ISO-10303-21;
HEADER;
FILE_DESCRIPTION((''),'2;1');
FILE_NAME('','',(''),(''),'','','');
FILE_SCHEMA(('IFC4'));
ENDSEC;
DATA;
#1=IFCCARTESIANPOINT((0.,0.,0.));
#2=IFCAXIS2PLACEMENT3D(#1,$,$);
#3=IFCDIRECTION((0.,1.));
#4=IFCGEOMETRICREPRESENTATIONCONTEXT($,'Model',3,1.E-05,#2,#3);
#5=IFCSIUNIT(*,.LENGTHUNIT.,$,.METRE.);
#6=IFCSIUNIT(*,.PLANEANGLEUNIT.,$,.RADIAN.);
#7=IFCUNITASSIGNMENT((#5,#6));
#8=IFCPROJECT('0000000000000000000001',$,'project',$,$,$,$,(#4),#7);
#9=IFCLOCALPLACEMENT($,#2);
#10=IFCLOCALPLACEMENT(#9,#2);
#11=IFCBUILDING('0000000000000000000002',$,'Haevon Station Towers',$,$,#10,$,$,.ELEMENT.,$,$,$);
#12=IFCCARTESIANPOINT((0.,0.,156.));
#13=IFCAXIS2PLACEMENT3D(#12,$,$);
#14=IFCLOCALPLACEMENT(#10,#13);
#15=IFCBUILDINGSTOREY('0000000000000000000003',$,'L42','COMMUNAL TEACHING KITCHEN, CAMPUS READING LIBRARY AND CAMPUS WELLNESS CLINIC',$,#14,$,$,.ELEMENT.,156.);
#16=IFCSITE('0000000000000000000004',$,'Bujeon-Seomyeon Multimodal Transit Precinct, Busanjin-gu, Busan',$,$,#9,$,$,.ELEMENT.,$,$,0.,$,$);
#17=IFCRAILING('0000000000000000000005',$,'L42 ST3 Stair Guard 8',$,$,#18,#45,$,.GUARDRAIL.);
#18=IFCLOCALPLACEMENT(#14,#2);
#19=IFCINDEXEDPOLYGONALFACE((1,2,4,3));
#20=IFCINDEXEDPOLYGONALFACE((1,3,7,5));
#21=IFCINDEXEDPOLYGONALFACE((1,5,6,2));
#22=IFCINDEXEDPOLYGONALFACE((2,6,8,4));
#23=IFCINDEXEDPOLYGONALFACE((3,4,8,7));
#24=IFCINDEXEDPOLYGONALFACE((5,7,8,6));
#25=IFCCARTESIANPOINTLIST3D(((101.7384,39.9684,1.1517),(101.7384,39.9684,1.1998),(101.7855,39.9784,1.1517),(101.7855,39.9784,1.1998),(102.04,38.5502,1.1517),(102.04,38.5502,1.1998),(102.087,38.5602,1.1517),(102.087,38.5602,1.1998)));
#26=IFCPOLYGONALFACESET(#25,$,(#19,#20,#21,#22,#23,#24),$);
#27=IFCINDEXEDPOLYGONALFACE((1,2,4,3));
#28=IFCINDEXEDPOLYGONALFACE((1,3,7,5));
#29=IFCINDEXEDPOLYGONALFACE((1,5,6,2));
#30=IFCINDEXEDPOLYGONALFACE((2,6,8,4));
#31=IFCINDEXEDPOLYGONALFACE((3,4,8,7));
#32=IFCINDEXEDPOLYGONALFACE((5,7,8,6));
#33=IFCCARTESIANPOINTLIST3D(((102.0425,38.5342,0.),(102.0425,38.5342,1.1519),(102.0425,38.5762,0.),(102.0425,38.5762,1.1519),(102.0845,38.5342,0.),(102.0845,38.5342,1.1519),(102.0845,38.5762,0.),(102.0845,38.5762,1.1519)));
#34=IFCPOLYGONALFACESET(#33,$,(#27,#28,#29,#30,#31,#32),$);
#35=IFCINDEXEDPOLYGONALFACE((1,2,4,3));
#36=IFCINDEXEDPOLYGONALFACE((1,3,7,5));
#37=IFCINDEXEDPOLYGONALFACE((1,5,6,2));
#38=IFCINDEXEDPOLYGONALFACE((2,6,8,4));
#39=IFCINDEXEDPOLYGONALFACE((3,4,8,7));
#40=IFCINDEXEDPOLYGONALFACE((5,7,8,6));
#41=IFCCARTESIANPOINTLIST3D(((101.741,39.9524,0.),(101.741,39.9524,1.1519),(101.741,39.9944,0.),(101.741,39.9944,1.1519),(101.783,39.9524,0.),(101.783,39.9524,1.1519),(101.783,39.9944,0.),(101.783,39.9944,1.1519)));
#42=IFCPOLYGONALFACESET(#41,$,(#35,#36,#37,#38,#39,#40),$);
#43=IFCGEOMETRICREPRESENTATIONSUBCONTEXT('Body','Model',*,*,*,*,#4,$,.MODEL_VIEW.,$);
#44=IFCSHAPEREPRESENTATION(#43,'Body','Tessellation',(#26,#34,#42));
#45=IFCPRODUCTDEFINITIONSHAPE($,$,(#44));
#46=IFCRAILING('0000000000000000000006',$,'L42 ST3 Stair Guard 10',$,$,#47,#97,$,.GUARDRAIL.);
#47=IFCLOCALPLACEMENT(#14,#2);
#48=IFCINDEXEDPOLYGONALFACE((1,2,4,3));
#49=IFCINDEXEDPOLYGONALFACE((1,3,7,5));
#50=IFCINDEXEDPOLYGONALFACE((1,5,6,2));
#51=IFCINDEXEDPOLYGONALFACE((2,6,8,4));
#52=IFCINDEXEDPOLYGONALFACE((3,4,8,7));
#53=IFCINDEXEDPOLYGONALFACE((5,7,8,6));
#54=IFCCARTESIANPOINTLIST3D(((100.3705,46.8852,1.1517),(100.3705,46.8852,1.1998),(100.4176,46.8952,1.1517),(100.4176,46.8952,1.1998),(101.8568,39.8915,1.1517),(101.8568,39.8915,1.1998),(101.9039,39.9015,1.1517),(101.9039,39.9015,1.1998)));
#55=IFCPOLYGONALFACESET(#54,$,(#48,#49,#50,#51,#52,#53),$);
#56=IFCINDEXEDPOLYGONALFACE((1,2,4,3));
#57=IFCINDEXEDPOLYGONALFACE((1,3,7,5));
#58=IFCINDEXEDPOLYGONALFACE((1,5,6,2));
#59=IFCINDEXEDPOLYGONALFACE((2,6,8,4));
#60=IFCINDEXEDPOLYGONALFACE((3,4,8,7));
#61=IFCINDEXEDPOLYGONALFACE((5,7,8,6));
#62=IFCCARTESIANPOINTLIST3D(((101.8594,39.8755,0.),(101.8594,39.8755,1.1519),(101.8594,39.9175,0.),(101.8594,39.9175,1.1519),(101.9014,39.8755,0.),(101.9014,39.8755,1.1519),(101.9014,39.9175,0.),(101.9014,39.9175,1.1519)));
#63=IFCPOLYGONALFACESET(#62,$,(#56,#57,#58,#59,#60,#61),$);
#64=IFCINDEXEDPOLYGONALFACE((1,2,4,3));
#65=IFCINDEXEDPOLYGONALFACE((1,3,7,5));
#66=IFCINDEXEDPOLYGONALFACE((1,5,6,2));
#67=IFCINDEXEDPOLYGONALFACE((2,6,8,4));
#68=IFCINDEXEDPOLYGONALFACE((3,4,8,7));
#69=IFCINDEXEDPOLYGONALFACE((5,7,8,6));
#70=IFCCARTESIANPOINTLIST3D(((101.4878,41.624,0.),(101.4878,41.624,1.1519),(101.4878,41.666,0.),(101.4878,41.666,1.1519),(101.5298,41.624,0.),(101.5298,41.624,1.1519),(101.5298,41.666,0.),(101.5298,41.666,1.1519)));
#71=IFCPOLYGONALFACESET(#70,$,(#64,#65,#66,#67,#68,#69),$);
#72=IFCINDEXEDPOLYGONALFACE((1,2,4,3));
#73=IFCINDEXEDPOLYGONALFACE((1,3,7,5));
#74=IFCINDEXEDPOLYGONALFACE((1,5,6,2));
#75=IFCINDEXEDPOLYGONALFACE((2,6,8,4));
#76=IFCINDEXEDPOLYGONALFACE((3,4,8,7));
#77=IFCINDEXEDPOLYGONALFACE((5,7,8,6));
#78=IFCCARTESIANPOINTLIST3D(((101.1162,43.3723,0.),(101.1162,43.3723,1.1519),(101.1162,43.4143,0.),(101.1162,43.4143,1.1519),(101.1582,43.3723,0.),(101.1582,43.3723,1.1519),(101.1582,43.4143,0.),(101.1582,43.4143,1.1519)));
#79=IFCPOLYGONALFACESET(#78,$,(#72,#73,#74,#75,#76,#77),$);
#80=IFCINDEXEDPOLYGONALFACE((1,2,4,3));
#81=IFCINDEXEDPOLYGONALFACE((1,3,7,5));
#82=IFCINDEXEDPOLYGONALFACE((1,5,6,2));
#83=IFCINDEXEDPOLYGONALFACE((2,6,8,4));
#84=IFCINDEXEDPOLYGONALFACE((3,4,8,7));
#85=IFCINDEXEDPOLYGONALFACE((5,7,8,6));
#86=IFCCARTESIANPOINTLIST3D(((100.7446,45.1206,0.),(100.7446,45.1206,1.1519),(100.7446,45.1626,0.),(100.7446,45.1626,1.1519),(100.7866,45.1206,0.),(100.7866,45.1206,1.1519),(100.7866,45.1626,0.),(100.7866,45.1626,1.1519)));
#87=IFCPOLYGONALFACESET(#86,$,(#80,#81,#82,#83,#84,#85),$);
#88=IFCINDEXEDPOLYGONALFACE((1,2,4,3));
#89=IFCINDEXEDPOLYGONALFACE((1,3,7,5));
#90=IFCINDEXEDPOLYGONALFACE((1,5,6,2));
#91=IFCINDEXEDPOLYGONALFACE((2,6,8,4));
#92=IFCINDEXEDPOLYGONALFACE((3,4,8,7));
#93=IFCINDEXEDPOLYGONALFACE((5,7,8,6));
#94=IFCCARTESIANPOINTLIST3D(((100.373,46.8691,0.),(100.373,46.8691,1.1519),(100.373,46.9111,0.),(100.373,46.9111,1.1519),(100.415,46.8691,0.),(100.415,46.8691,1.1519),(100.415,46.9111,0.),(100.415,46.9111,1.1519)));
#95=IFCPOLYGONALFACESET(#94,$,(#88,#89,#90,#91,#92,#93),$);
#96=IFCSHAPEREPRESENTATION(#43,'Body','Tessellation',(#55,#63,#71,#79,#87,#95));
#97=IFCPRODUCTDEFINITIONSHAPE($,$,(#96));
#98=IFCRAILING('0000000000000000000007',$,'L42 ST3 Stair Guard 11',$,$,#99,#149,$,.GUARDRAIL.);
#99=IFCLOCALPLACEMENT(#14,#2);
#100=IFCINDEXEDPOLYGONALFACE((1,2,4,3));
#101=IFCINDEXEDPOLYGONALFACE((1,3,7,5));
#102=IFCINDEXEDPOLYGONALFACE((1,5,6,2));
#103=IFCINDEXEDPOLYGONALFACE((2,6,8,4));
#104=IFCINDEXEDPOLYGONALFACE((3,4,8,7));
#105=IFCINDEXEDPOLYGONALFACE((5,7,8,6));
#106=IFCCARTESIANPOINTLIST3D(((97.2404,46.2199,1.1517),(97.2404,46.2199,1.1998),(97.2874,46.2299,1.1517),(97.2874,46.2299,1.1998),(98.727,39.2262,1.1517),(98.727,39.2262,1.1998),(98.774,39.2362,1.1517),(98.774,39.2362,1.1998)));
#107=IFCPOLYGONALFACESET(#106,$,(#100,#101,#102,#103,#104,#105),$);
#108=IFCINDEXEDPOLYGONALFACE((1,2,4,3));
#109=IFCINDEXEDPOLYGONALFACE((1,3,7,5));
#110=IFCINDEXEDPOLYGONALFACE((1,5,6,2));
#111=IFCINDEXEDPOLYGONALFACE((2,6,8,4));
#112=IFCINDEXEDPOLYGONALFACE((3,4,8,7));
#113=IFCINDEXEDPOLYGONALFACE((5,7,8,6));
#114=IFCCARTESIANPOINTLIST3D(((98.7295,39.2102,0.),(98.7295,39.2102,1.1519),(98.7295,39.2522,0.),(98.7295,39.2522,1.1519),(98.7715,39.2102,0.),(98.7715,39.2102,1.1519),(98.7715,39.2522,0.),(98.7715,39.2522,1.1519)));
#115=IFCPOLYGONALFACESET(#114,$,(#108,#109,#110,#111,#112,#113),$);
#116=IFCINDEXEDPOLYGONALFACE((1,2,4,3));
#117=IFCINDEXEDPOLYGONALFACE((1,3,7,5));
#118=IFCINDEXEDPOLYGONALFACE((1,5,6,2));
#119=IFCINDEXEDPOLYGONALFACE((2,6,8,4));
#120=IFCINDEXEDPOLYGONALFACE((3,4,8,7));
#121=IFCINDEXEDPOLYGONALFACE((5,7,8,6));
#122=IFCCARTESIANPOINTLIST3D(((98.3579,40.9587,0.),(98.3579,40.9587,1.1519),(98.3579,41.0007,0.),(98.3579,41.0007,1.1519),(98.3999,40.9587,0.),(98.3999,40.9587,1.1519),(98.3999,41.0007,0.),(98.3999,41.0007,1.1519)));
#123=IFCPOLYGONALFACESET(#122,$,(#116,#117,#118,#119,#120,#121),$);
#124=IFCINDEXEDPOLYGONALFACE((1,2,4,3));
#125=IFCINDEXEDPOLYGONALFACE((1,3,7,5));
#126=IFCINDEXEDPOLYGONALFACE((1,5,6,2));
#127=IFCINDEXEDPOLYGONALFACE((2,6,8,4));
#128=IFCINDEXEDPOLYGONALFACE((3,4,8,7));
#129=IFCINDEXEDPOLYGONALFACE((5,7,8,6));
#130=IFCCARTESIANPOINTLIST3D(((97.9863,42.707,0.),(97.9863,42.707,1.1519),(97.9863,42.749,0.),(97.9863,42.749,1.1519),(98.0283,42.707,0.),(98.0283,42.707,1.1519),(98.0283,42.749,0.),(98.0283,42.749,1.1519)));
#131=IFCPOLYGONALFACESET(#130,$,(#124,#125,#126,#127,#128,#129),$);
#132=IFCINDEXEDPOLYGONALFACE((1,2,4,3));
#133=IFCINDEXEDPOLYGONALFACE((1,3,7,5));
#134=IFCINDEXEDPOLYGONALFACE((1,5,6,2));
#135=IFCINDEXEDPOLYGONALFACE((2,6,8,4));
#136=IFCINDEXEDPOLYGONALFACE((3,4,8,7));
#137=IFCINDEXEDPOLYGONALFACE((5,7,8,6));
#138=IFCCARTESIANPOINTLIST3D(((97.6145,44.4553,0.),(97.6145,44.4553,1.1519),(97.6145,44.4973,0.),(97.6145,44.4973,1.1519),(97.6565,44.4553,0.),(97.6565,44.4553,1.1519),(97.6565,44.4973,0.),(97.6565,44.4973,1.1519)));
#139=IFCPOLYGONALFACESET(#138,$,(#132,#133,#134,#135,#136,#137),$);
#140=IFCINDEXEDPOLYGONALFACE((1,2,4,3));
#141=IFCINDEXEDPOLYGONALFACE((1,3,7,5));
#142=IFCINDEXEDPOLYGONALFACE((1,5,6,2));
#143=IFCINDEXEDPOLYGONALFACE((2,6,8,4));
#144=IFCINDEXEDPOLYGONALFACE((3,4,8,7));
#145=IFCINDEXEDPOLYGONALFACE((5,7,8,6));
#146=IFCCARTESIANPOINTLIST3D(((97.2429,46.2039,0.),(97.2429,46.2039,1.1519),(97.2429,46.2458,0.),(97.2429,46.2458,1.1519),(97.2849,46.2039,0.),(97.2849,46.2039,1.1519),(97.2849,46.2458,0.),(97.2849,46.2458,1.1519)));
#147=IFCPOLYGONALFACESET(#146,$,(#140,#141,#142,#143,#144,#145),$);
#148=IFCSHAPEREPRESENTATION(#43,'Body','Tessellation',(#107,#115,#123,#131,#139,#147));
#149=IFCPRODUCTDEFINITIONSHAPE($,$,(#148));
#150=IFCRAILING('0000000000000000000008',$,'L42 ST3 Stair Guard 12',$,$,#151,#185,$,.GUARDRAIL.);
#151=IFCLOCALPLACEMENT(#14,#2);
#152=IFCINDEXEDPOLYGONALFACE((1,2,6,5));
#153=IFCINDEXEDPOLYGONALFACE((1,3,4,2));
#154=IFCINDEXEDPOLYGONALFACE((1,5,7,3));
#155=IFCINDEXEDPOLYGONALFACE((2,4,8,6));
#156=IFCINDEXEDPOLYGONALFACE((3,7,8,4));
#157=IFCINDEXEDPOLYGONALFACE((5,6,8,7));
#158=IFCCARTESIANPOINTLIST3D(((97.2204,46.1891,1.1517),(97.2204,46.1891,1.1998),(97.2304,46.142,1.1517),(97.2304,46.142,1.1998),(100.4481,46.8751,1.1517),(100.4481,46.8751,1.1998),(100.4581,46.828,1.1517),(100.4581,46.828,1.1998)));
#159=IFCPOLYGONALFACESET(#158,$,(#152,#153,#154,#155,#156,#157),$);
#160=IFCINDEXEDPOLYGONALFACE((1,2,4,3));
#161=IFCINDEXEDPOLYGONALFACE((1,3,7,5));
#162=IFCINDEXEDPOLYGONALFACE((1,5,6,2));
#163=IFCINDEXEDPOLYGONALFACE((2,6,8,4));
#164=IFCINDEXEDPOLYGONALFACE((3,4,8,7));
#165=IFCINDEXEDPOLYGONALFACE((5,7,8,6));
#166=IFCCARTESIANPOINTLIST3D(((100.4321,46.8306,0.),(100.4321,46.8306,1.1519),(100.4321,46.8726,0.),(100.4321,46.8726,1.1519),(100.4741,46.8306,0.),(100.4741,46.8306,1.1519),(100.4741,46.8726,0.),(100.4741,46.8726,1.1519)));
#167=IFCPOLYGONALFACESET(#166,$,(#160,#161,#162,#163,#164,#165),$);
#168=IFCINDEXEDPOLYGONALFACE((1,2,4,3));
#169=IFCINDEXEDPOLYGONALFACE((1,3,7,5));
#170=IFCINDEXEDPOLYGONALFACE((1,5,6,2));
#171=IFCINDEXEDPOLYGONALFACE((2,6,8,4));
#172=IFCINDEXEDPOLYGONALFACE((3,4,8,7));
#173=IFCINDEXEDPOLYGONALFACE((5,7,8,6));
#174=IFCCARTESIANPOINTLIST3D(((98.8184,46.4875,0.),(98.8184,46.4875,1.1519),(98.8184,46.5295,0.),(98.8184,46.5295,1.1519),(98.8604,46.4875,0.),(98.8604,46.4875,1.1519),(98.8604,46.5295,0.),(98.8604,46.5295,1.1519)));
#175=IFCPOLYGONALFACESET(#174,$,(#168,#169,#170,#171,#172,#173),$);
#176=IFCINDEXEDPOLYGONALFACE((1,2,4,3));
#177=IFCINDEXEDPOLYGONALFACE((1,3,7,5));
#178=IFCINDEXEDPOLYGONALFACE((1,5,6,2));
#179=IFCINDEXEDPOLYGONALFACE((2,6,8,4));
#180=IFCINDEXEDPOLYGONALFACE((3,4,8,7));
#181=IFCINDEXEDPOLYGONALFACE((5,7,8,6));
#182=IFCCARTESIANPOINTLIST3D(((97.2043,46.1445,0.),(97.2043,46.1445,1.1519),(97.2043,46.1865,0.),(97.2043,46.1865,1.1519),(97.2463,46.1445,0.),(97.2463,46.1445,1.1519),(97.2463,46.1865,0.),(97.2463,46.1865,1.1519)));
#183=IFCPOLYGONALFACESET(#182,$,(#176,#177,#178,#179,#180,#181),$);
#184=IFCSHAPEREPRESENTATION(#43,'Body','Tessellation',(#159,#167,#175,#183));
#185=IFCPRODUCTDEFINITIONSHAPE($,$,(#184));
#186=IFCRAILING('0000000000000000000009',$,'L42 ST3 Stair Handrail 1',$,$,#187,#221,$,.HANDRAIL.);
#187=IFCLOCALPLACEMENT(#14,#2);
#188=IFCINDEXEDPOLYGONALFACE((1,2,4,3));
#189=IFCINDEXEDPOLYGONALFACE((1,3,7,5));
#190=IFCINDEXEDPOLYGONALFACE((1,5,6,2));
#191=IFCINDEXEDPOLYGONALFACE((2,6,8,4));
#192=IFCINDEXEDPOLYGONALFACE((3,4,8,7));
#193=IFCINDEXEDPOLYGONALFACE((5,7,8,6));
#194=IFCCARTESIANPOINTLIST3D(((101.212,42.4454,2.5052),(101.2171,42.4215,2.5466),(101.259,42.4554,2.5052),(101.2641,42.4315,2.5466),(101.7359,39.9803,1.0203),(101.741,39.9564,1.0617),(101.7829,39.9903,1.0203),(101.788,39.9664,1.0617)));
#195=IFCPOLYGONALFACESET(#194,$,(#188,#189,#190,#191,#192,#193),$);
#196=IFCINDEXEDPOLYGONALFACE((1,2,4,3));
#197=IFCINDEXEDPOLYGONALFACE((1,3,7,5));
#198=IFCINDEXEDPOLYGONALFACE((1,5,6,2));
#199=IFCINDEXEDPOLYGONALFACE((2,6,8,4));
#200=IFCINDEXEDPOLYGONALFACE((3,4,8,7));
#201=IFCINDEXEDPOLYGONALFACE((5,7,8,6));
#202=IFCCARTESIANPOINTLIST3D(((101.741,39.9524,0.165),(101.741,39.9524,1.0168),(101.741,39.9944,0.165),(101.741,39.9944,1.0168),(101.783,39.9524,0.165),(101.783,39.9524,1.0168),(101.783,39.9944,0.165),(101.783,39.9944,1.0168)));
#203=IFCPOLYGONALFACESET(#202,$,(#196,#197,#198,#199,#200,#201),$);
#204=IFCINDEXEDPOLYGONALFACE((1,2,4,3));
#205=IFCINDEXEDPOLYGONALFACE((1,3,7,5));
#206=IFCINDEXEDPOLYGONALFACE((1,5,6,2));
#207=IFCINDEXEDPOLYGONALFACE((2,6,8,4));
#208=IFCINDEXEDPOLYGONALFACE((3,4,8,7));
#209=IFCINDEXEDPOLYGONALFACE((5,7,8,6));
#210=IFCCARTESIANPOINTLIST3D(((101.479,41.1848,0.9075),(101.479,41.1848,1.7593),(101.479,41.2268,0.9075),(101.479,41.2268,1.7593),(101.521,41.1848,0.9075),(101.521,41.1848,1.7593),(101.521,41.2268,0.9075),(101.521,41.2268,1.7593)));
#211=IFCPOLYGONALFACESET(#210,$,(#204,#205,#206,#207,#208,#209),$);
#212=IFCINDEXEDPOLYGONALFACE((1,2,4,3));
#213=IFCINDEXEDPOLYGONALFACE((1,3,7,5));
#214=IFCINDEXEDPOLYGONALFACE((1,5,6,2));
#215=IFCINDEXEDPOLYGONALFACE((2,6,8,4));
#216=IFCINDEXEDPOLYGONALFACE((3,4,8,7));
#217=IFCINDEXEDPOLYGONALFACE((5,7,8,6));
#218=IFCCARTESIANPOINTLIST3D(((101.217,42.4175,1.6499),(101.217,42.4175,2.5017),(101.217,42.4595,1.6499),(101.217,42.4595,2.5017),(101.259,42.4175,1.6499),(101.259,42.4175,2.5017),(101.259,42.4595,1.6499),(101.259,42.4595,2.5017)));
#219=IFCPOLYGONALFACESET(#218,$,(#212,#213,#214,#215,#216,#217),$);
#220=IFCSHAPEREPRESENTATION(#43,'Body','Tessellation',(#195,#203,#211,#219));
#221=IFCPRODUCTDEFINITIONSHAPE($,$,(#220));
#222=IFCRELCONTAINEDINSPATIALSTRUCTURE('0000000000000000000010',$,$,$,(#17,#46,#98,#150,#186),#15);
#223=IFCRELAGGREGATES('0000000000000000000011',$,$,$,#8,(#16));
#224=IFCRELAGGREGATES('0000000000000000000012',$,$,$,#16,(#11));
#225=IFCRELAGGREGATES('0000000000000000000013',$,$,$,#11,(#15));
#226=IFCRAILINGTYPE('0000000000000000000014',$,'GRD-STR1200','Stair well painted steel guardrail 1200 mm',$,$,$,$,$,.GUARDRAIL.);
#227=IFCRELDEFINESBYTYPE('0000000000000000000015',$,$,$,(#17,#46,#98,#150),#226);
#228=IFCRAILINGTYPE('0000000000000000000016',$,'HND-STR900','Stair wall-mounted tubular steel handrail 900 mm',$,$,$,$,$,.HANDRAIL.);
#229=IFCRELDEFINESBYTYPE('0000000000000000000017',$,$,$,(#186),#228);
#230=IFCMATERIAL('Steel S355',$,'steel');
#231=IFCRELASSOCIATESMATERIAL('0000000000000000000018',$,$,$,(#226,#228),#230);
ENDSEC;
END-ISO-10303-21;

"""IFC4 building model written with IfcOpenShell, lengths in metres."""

from ifc_helpers import new_model, si_unit, direction, frame, origin, origin_2d, place, context, subcontext, project, spatial, rectangle, extrude, material, type_object, element, save


model = new_model("IFC4")

# Units and contexts
model_context = context("Model", 3, precision=1e-05, world=origin(), true_north=direction((0.0, 1.0)))
body_context = subcontext(model_context, "Body", "Model", "MODEL_VIEW")
ifc_project = project(units=[si_unit("LENGTHUNIT", "METRE"), si_unit("PLANEANGLEUNIT", "RADIAN")], contexts=[model_context])

# Site, building, storey
site_placement = place(None, origin())
site = spatial("IfcSite", under=ifc_project, at=site_placement, Name="Bujeon-Seomyeon Multimodal Transit Precinct, Busanjin-gu, Busan", CompositionType="ELEMENT", RefElevation=0.0)
building_placement = place(site_placement, origin())
building = spatial("IfcBuilding", under=site, at=building_placement, Name="Haevon Station Towers", CompositionType="ELEMENT")
storey_placement = place(building_placement, frame((0.0, 0.0, 156.0)))
storey = spatial("IfcBuildingStorey", under=building, at=storey_placement, Name="L42", Description="COMMUNAL TEACHING KITCHEN, CAMPUS READING LIBRARY AND CAMPUS WELLNESS CLINIC", CompositionType="ELEMENT", Elevation=156.0)

# Shared definitions
ifc_material_1 = material(Name="Steel S355", Category="steel")

# Railings
railing_type_1 = type_object("IfcRailingType", Name="GRD-STR1200", Description="Stair well painted steel guardrail 1200 mm", PredefinedType="GUARDRAIL", material=ifc_material_1)
railing_1_placement = place(storey_placement, frame((102.0635, 38.5552, 0.0)))
element("IfcRailing", 1, at=railing_1_placement, inside=storey, type_object=railing_type_1, Name="L42 ST3 Stair Guard 8", PredefinedType="GUARDRAIL", context=body_context, shape_type="SweptSolid", body=[
    extrude(rectangle(XDim=0.0481, YDim=0.0481, at=origin_2d()), frame((0.0, 0.0, 1.1758), z_axis=(-0.207953, 0.978139, 0.0), x_axis=(-0.978139, -0.207953, 0.0)), (0.0, 0.0, 1.0), 1.45),
    extrude(rectangle(XDim=0.042, YDim=0.042, at=origin_2d()), origin(), (0.0, 0.0, 1.0), 1.1519),
    extrude(rectangle(XDim=0.042, YDim=0.042, at=origin_2d()), frame((-0.3015, 1.4182, 0.0)), (0.0, 0.0, 1.0), 1.1519),
])
railing_2_placement = place(storey_placement, frame((101.8804, 39.8965, 0.0)))
element("IfcRailing", 2, at=railing_2_placement, inside=storey, type_object=railing_type_1, Name="L42 ST3 Stair Guard 10", PredefinedType="GUARDRAIL", context=body_context, shape_type="SweptSolid", body=[
    extrude(rectangle(XDim=0.0481, YDim=0.0481, at=origin_2d()), frame((0.0, 0.0, 1.1758), z_axis=(-0.207882, 0.978154, 0.0), x_axis=(-0.978154, -0.207882, 0.0)), (0.0, 0.0, 1.0), 7.1499),
    extrude(rectangle(XDim=0.042, YDim=0.042, at=origin_2d()), origin(), (0.0, 0.0, 1.0), 1.1519),
    extrude(rectangle(XDim=0.042, YDim=0.042, at=origin_2d()), frame((-0.3716, 1.7485, 0.0)), (0.0, 0.0, 1.0), 1.1519),
    extrude(rectangle(XDim=0.042, YDim=0.042, at=origin_2d()), frame((-0.7432, 3.4968, 0.0)), (0.0, 0.0, 1.0), 1.1519),
    extrude(rectangle(XDim=0.042, YDim=0.042, at=origin_2d()), frame((-1.1147, 5.2451, 0.0)), (0.0, 0.0, 1.0), 1.1519),
    extrude(rectangle(XDim=0.042, YDim=0.042, at=origin_2d()), frame((-1.4863, 6.9937, 0.0)), (0.0, 0.0, 1.0), 1.1519),
])
railing_3_placement = place(storey_placement, frame((98.7505, 39.2312, 0.0)))
element("IfcRailing", 3, at=railing_3_placement, inside=storey, type_object=railing_type_1, Name="L42 ST3 Stair Guard 11", PredefinedType="GUARDRAIL", context=body_context, shape_type="SweptSolid", body=[
    extrude(rectangle(XDim=0.0481, YDim=0.0481, at=origin_2d()), frame((0.0, 0.0, 1.1758), z_axis=(-0.207915, 0.978147, 0.0), x_axis=(-0.978147, -0.207915, 0.0)), (0.0, 0.0, 1.0), 7.1499),
    extrude(rectangle(XDim=0.042, YDim=0.042, at=origin_2d()), origin(), (0.0, 0.0, 1.0), 1.1519),
    extrude(rectangle(XDim=0.042, YDim=0.042, at=origin_2d()), frame((-0.3716, 1.7485, 0.0)), (0.0, 0.0, 1.0), 1.1519),
    extrude(rectangle(XDim=0.042, YDim=0.042, at=origin_2d()), frame((-0.7432, 3.4968, 0.0)), (0.0, 0.0, 1.0), 1.1519),
    extrude(rectangle(XDim=0.042, YDim=0.042, at=origin_2d()), frame((-1.115, 5.2451, 0.0)), (0.0, 0.0, 1.0), 1.1519),
    extrude(rectangle(XDim=0.042, YDim=0.042, at=origin_2d()), frame((-1.4866, 6.9937, 0.0)), (0.0, 0.0, 1.0), 1.1519),
])
railing_4_placement = place(storey_placement, frame((100.4531, 46.8516, 0.0)))
element("IfcRailing", 4, at=railing_4_placement, inside=storey, type_object=railing_type_1, Name="L42 ST3 Stair Guard 12", PredefinedType="GUARDRAIL", context=body_context, shape_type="SweptSolid", body=[
    extrude(rectangle(XDim=0.0481, YDim=0.0481, at=origin_2d()), frame((0.0, 0.0, 1.1758), z_axis=(-0.978151, -0.207897, 0.0), x_axis=(0.207897, -0.978151, 0.0)), (0.0, 0.0, 1.0), 3.2998),
    extrude(rectangle(XDim=0.042, YDim=0.042, at=origin_2d()), origin(), (0.0, 0.0, 1.0), 1.1519),
    extrude(rectangle(XDim=0.042, YDim=0.042, at=origin_2d()), frame((-1.6138, -0.343, 0.0)), (0.0, 0.0, 1.0), 1.1519),
    extrude(rectangle(XDim=0.042, YDim=0.042, at=origin_2d()), frame((-3.2278, -0.686, 0.0)), (0.0, 0.0, 1.0), 1.1519),
])
railing_type_2 = type_object("IfcRailingType", Name="HND-STR900", Description="Stair wall-mounted tubular steel handrail 900 mm", PredefinedType="HANDRAIL", material=ifc_material_1)
railing_5_placement = place(storey_placement, frame((101.762, 39.9734, 0.165)))
element("IfcRailing", 5, at=railing_5_placement, inside=storey, type_object=railing_type_2, Name="L42 ST3 Stair Handrail 1", PredefinedType="HANDRAIL", context=body_context, shape_type="SweptSolid", body=[
    extrude(rectangle(XDim=0.0481, YDim=0.0481, at=origin_2d()), frame((0.0, 0.0, 0.876), z_axis=(-0.179116, 0.842748, 0.507635), x_axis=(-0.978151, -0.207895, 0.0)), (0.0, 0.0, 1.0), 2.925),
    extrude(rectangle(XDim=0.042, YDim=0.042, at=origin_2d()), origin(), (0.0, 0.0, 1.0), 0.8518),
    extrude(rectangle(XDim=0.042, YDim=0.042, at=origin_2d()), frame((-0.262, 1.2324, 0.7424)), (0.0, 0.0, 1.0), 0.8518),
    extrude(rectangle(XDim=0.042, YDim=0.042, at=origin_2d()), frame((-0.5239, 2.4651, 1.4849)), (0.0, 0.0, 1.0), 0.8518),
])

save(model, "model.ifc")
